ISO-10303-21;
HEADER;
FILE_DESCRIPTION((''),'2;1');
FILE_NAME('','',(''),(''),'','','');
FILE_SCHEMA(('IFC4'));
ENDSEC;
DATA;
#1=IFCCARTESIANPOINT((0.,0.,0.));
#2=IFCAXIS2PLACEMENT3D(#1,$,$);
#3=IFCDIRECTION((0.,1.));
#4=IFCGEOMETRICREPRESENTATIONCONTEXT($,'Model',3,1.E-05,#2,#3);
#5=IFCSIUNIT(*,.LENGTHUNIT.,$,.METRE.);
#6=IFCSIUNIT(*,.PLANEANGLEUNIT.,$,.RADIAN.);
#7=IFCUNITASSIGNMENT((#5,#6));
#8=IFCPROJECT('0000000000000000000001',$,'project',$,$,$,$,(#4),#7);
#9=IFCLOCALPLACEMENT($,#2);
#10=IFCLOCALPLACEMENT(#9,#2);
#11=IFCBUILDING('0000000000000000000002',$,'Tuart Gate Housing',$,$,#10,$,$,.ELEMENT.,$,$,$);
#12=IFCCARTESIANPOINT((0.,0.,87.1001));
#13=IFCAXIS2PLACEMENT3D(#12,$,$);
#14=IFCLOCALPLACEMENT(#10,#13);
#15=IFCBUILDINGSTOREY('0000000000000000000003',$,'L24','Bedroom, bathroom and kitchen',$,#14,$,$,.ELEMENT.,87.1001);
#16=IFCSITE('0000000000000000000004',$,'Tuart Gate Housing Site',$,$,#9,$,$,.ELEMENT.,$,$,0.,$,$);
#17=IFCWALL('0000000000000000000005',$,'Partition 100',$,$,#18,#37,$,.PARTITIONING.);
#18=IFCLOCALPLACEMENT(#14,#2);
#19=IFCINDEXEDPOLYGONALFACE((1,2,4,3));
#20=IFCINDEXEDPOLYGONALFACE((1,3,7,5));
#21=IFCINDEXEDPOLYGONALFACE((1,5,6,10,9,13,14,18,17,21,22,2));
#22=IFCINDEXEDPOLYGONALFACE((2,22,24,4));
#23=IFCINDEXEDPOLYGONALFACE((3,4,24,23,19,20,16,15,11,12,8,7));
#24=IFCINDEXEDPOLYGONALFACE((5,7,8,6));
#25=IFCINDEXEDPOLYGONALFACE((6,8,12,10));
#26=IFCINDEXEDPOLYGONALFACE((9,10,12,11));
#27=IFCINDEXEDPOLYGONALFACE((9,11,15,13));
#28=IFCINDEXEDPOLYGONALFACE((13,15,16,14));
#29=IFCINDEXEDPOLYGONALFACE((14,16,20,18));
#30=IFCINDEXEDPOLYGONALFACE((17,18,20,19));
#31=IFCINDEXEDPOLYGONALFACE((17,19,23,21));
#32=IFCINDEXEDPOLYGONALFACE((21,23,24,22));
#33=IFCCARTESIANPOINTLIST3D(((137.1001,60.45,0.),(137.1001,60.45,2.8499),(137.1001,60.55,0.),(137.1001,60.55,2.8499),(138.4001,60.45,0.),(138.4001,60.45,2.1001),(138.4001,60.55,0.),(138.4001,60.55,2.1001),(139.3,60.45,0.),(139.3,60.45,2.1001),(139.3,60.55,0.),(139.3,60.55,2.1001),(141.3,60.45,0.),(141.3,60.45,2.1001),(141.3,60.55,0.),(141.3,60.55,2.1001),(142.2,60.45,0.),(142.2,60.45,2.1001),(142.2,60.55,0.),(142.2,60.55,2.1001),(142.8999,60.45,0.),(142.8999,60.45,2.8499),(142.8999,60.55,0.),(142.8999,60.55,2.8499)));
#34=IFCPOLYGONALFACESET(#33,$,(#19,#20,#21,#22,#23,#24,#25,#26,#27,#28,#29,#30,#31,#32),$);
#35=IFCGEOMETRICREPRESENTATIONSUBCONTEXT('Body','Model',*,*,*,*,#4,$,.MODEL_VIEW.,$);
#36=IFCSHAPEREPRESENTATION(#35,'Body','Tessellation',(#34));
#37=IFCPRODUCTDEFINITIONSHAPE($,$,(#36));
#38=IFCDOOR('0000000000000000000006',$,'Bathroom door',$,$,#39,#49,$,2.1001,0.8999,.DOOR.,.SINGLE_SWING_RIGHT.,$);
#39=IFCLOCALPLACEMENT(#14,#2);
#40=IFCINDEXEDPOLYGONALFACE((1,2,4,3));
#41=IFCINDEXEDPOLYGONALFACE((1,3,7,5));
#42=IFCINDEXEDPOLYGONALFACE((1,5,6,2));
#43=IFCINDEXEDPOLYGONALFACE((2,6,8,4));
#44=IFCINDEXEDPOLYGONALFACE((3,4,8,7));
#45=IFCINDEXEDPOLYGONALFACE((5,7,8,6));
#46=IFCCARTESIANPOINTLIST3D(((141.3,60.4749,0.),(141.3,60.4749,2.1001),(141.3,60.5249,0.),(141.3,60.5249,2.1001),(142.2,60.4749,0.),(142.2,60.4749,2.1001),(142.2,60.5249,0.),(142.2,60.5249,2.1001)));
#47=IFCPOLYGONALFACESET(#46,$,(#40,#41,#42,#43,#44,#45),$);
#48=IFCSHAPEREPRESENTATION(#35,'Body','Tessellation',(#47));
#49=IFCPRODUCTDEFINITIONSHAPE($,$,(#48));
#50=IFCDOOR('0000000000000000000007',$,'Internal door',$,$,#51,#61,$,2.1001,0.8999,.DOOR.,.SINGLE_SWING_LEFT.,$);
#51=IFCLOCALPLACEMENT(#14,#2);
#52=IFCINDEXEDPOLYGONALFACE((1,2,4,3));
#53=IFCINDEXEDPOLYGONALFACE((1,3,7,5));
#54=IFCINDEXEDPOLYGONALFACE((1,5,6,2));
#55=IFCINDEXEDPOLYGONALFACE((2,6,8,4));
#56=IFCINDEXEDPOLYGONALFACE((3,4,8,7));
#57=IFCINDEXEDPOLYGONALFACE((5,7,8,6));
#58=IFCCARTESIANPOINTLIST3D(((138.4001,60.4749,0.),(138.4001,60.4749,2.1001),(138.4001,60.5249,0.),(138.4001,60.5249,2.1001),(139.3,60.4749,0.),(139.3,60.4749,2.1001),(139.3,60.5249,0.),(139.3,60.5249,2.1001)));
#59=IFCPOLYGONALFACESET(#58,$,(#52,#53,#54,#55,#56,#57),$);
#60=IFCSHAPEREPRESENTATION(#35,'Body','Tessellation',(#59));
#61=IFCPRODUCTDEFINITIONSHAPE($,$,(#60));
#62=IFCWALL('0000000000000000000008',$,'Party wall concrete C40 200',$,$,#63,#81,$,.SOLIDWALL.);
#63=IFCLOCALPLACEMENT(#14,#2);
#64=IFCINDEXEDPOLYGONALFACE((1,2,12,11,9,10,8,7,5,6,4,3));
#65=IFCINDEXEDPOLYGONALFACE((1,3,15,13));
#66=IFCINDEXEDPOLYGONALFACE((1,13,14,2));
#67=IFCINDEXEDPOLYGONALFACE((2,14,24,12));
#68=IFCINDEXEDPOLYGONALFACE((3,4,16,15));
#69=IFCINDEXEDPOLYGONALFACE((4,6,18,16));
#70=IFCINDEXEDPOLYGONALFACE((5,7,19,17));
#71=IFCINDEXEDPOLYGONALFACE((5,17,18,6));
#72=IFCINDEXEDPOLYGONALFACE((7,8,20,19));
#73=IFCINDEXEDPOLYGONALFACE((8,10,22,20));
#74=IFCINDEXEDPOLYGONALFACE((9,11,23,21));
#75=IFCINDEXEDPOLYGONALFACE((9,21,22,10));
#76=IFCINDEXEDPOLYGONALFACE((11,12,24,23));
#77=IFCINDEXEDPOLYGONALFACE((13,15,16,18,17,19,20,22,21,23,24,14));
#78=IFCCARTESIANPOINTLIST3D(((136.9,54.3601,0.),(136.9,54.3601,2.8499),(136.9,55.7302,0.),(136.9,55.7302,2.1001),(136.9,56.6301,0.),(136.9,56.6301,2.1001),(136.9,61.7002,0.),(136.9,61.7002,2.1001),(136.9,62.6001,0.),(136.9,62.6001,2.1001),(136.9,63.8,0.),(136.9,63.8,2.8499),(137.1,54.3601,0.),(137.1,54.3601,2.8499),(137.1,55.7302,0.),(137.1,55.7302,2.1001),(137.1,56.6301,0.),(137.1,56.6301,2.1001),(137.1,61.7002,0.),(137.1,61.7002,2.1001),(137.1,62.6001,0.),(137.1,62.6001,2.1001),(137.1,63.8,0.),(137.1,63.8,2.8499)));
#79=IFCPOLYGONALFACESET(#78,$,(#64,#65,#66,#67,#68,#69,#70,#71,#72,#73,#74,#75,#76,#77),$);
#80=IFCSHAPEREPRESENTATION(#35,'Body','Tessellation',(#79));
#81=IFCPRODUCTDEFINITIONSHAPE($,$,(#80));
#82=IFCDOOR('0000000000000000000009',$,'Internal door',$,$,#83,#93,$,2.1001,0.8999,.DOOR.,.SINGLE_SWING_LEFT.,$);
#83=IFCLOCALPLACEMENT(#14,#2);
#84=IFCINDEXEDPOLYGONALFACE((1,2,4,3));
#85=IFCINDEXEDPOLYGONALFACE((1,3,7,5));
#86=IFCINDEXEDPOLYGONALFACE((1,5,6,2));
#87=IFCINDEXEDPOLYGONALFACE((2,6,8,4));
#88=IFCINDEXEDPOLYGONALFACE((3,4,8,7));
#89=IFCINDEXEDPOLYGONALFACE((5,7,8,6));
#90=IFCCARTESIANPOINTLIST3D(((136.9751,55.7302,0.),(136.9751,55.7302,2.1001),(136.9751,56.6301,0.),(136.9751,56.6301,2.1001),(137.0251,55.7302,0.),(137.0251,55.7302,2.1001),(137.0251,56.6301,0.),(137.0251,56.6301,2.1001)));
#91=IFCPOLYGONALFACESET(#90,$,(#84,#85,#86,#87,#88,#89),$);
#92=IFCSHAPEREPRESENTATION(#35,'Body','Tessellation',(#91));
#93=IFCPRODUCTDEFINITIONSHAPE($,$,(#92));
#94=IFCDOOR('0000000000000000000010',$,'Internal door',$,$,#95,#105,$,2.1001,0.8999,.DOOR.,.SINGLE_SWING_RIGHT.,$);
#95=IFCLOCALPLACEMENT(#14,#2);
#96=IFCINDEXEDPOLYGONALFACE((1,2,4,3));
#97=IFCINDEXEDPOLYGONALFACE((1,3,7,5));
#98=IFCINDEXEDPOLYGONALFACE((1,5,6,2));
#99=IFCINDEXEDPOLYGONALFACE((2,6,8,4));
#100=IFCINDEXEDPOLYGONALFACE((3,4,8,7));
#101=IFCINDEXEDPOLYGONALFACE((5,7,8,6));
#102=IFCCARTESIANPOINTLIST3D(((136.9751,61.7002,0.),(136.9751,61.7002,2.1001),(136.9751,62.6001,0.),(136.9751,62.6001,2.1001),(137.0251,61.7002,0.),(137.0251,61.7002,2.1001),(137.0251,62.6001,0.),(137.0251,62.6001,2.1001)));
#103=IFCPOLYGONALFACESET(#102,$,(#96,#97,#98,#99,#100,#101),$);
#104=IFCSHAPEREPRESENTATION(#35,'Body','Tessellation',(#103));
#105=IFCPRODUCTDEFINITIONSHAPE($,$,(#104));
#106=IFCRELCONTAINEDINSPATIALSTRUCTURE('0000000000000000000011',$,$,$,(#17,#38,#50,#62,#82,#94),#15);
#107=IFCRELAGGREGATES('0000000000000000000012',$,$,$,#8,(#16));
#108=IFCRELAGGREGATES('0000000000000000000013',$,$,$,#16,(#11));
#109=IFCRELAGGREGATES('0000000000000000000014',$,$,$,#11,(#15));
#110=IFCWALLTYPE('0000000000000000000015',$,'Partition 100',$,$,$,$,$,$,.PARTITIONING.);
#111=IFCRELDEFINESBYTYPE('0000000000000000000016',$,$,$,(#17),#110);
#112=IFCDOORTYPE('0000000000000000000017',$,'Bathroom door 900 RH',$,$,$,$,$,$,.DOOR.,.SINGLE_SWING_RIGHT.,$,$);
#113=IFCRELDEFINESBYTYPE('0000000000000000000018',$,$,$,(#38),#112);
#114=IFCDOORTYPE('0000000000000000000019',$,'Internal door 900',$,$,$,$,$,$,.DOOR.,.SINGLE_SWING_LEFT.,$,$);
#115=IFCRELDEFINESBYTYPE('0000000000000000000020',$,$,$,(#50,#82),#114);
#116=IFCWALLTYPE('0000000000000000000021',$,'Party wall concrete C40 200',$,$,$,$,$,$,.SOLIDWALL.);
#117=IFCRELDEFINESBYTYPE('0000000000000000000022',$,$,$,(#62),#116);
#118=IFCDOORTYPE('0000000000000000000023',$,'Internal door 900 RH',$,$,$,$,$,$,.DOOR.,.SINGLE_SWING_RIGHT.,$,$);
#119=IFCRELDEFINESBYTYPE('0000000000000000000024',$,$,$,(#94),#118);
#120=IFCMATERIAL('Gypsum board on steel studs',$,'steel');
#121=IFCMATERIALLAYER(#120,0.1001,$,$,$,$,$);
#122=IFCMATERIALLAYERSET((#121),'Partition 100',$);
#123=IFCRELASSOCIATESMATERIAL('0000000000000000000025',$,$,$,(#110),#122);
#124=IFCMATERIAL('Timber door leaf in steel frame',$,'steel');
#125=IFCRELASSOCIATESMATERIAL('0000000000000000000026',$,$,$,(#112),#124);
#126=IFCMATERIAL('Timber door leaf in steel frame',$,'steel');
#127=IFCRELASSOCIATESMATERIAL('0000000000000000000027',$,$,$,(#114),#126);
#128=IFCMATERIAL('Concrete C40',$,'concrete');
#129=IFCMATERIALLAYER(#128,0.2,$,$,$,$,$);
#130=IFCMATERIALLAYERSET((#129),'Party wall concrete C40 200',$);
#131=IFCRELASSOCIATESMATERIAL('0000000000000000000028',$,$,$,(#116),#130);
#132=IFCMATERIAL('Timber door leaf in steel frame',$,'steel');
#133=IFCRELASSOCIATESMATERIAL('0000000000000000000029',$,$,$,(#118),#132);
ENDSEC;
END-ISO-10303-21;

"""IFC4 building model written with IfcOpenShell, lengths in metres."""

from ifc_helpers import new_model, si_unit, direction, frame, frame_2d, origin, place, context, subcontext, project, spatial, rectangle, extrude, material, layer, layer_set, type_object, element, fill, save


model = new_model("IFC4")

# Units and contexts
model_context = context("Model", 3, precision=1e-05, world=origin(), true_north=direction((0.0, 1.0)))
body_context = subcontext(model_context, "Body", "Model", "MODEL_VIEW")
ifc_project = project(units=[si_unit("LENGTHUNIT", "METRE"), si_unit("PLANEANGLEUNIT", "RADIAN")], contexts=[model_context])

# Site, building, storey
site_placement = place(None, origin())
site = spatial("IfcSite", under=ifc_project, at=site_placement, Name="Tuart Gate Housing Site", CompositionType="ELEMENT", RefElevation=0.0)
building_placement = place(site_placement, origin())
building = spatial("IfcBuilding", under=site, at=building_placement, Name="Tuart Gate Housing", CompositionType="ELEMENT")
storey_placement = place(building_placement, frame((0.0, 0.0, 87.1001)))
storey = spatial("IfcBuildingStorey", under=building, at=storey_placement, Name="L24", Description="Bedroom, bathroom and kitchen", CompositionType="ELEMENT", Elevation=87.1001)

# Walls, openings, doors
ifc_material_1 = material(Name="Gypsum board on steel studs", Category="steel")
ifc_layer_1 = layer(ifc_material_1, 0.1001)
ifc_layer_set_1 = layer_set([ifc_layer_1], Name="Partition 100")
wall_type_1 = type_object("IfcWallType", Name="Partition 100", PredefinedType="PARTITIONING", material=ifc_layer_set_1)
wall_1_placement = place(storey_placement, frame((137.1001, 60.5, 0.0), z_axis=(0.0, 0.0, 1.0), x_axis=(1.0, 0.0, 0.0)))
wall_1 = element("IfcWall", 1, at=wall_1_placement, inside=storey, type_object=wall_type_1, Name="Partition 100", PredefinedType="PARTITIONING", context=body_context, shape_type="SweptSolid", body=[
    extrude(rectangle(XDim=5.7998, YDim=0.1001, at=frame_2d((2.8999, 0.0))), origin(), (0.0, 0.0, 1.0), 2.8499),
])
opening_1_placement = place(wall_1_placement, frame((1.3, 0.0, 0.0)))
opening_1 = element("IfcOpeningElement", 2, at=opening_1_placement, cuts=wall_1, PredefinedType="OPENING", context=body_context, shape_type="SweptSolid", body=[
    extrude(rectangle(XDim=0.8999, YDim=2.1001, at=frame_2d((0.45, 1.05))), frame((0.0, 0.0601, 0.0), z_axis=(0.0, -1.0, 0.0), x_axis=(1.0, 0.0, 0.0)), (0.0, 0.0, 1.0), 0.1201),
])
opening_2_placement = place(wall_1_placement, frame((4.2, 0.0, 0.0)))
opening_2 = element("IfcOpeningElement", 3, at=opening_2_placement, cuts=wall_1, PredefinedType="OPENING", context=body_context, shape_type="SweptSolid", body=[
    extrude(rectangle(XDim=0.8999, YDim=2.1001, at=frame_2d((0.45, 1.05))), frame((0.0, 0.0601, 0.0), z_axis=(0.0, -1.0, 0.0), x_axis=(1.0, 0.0, 0.0)), (0.0, 0.0, 1.0), 0.1201),
])
ifc_material_2 = material(Name="Timber door leaf in steel frame", Category="steel")
door_type_1 = type_object("IfcDoorType", Name="Bathroom door 900 RH", OperationType="SINGLE_SWING_RIGHT", PredefinedType="DOOR", material=ifc_material_2)
door_1_placement = place(opening_2_placement, frame((0.8999, 0.0, 0.0), z_axis=(0.0, 0.0, 1.0), x_axis=(-1.0, 0.0, 0.0)))
door_1 = element("IfcDoor", 4, at=door_1_placement, inside=storey, type_object=door_type_1, Name="Bathroom door", OperationType="SINGLE_SWING_RIGHT", OverallHeight=2.1001, OverallWidth=0.8999, PredefinedType="DOOR", context=body_context, shape_type="SweptSolid", body=[
    extrude(rectangle(XDim=0.8999, YDim=2.1001, at=frame_2d((0.45, 1.05))), frame((0.0, 0.0251, 0.0), z_axis=(0.0, -1.0, 0.0), x_axis=(1.0, 0.0, 0.0)), (0.0, 0.0, 1.0), 0.05),
])
fill(opening_2, door_1)
ifc_material_3 = material(Name="Timber door leaf in steel frame", Category="steel")
door_type_2 = type_object("IfcDoorType", Name="Internal door 900", OperationType="SINGLE_SWING_LEFT", PredefinedType="DOOR", material=ifc_material_3)
door_2_placement = place(opening_1_placement, origin())
door_2 = element("IfcDoor", 5, at=door_2_placement, inside=storey, type_object=door_type_2, Name="Internal door", OperationType="SINGLE_SWING_LEFT", OverallHeight=2.1001, OverallWidth=0.8999, PredefinedType="DOOR", context=body_context, shape_type="SweptSolid", body=[
    extrude(rectangle(XDim=0.8999, YDim=2.1001, at=frame_2d((0.45, 1.05))), frame((0.0, 0.0249, 0.0), z_axis=(0.0, -1.0, 0.0), x_axis=(1.0, 0.0, 0.0)), (0.0, 0.0, 1.0), 0.05),
])
fill(opening_1, door_2)
ifc_material_4 = material(Name="Concrete C40", Category="concrete")
ifc_layer_2 = layer(ifc_material_4, 0.2)
ifc_layer_set_2 = layer_set([ifc_layer_2], Name="Party wall concrete C40 200")
wall_type_2 = type_object("IfcWallType", Name="Party wall concrete C40 200", PredefinedType="SOLIDWALL", material=ifc_layer_set_2)
wall_2_placement = place(storey_placement, frame((137.0, 54.3601, 0.0), z_axis=(0.0, 0.0, 1.0), x_axis=(0.0, 1.0, 0.0)))
wall_2 = element("IfcWall", 6, at=wall_2_placement, inside=storey, type_object=wall_type_2, Name="Party wall concrete C40 200", PredefinedType="SOLIDWALL", context=body_context, shape_type="SweptSolid", body=[
    extrude(rectangle(XDim=9.4399, YDim=0.2, at=frame_2d((4.72, 0.0))), origin(), (0.0, 0.0, 1.0), 2.8499),
])
opening_3_placement = place(wall_2_placement, frame((1.3701, 0.0, 0.0)))
opening_3 = element("IfcOpeningElement", 7, at=opening_3_placement, cuts=wall_2, PredefinedType="OPENING", context=body_context, shape_type="SweptSolid", body=[
    extrude(rectangle(XDim=0.8999, YDim=2.1001, at=frame_2d((0.45, 1.05))), frame((0.0, 0.1099, 0.0), z_axis=(0.0, -1.0, 0.0), x_axis=(1.0, 0.0, 0.0)), (0.0, 0.0, 1.0), 0.22),
])
opening_4_placement = place(wall_2_placement, frame((7.3401, 0.0, 0.0)))
opening_4 = element("IfcOpeningElement", 8, at=opening_4_placement, cuts=wall_2, PredefinedType="OPENING", context=body_context, shape_type="SweptSolid", body=[
    extrude(rectangle(XDim=0.8999, YDim=2.1001, at=frame_2d((0.45, 1.05))), frame((0.0, 0.1099, 0.0), z_axis=(0.0, -1.0, 0.0), x_axis=(1.0, 0.0, 0.0)), (0.0, 0.0, 1.0), 0.22),
])
door_3_placement = place(opening_3_placement, origin())
door_3 = element("IfcDoor", 9, at=door_3_placement, inside=storey, type_object=door_type_2, Name="Internal door", OperationType="SINGLE_SWING_LEFT", OverallHeight=2.1001, OverallWidth=0.8999, PredefinedType="DOOR", context=body_context, shape_type="SweptSolid", body=[
    extrude(rectangle(XDim=0.8999, YDim=2.1001, at=frame_2d((0.45, 1.05))), frame((0.0, 0.0249, 0.0), z_axis=(0.0, -1.0, 0.0), x_axis=(1.0, 0.0, 0.0)), (0.0, 0.0, 1.0), 0.05),
])
fill(opening_3, door_3)
ifc_material_5 = material(Name="Timber door leaf in steel frame", Category="steel")
door_type_3 = type_object("IfcDoorType", Name="Internal door 900 RH", OperationType="SINGLE_SWING_RIGHT", PredefinedType="DOOR", material=ifc_material_5)
door_4_placement = place(opening_4_placement, origin())
door_4 = element("IfcDoor", 10, at=door_4_placement, inside=storey, type_object=door_type_3, Name="Internal door", OperationType="SINGLE_SWING_RIGHT", OverallHeight=2.1001, OverallWidth=0.8999, PredefinedType="DOOR", context=body_context, shape_type="SweptSolid", body=[
    extrude(rectangle(XDim=0.8999, YDim=2.1001, at=frame_2d((0.45, 1.05))), frame((0.0, 0.0249, 0.0), z_axis=(0.0, -1.0, 0.0), x_axis=(1.0, 0.0, 0.0)), (0.0, 0.0, 1.0), 0.05),
])
fill(opening_4, door_4)

save(model, "model.ifc")
